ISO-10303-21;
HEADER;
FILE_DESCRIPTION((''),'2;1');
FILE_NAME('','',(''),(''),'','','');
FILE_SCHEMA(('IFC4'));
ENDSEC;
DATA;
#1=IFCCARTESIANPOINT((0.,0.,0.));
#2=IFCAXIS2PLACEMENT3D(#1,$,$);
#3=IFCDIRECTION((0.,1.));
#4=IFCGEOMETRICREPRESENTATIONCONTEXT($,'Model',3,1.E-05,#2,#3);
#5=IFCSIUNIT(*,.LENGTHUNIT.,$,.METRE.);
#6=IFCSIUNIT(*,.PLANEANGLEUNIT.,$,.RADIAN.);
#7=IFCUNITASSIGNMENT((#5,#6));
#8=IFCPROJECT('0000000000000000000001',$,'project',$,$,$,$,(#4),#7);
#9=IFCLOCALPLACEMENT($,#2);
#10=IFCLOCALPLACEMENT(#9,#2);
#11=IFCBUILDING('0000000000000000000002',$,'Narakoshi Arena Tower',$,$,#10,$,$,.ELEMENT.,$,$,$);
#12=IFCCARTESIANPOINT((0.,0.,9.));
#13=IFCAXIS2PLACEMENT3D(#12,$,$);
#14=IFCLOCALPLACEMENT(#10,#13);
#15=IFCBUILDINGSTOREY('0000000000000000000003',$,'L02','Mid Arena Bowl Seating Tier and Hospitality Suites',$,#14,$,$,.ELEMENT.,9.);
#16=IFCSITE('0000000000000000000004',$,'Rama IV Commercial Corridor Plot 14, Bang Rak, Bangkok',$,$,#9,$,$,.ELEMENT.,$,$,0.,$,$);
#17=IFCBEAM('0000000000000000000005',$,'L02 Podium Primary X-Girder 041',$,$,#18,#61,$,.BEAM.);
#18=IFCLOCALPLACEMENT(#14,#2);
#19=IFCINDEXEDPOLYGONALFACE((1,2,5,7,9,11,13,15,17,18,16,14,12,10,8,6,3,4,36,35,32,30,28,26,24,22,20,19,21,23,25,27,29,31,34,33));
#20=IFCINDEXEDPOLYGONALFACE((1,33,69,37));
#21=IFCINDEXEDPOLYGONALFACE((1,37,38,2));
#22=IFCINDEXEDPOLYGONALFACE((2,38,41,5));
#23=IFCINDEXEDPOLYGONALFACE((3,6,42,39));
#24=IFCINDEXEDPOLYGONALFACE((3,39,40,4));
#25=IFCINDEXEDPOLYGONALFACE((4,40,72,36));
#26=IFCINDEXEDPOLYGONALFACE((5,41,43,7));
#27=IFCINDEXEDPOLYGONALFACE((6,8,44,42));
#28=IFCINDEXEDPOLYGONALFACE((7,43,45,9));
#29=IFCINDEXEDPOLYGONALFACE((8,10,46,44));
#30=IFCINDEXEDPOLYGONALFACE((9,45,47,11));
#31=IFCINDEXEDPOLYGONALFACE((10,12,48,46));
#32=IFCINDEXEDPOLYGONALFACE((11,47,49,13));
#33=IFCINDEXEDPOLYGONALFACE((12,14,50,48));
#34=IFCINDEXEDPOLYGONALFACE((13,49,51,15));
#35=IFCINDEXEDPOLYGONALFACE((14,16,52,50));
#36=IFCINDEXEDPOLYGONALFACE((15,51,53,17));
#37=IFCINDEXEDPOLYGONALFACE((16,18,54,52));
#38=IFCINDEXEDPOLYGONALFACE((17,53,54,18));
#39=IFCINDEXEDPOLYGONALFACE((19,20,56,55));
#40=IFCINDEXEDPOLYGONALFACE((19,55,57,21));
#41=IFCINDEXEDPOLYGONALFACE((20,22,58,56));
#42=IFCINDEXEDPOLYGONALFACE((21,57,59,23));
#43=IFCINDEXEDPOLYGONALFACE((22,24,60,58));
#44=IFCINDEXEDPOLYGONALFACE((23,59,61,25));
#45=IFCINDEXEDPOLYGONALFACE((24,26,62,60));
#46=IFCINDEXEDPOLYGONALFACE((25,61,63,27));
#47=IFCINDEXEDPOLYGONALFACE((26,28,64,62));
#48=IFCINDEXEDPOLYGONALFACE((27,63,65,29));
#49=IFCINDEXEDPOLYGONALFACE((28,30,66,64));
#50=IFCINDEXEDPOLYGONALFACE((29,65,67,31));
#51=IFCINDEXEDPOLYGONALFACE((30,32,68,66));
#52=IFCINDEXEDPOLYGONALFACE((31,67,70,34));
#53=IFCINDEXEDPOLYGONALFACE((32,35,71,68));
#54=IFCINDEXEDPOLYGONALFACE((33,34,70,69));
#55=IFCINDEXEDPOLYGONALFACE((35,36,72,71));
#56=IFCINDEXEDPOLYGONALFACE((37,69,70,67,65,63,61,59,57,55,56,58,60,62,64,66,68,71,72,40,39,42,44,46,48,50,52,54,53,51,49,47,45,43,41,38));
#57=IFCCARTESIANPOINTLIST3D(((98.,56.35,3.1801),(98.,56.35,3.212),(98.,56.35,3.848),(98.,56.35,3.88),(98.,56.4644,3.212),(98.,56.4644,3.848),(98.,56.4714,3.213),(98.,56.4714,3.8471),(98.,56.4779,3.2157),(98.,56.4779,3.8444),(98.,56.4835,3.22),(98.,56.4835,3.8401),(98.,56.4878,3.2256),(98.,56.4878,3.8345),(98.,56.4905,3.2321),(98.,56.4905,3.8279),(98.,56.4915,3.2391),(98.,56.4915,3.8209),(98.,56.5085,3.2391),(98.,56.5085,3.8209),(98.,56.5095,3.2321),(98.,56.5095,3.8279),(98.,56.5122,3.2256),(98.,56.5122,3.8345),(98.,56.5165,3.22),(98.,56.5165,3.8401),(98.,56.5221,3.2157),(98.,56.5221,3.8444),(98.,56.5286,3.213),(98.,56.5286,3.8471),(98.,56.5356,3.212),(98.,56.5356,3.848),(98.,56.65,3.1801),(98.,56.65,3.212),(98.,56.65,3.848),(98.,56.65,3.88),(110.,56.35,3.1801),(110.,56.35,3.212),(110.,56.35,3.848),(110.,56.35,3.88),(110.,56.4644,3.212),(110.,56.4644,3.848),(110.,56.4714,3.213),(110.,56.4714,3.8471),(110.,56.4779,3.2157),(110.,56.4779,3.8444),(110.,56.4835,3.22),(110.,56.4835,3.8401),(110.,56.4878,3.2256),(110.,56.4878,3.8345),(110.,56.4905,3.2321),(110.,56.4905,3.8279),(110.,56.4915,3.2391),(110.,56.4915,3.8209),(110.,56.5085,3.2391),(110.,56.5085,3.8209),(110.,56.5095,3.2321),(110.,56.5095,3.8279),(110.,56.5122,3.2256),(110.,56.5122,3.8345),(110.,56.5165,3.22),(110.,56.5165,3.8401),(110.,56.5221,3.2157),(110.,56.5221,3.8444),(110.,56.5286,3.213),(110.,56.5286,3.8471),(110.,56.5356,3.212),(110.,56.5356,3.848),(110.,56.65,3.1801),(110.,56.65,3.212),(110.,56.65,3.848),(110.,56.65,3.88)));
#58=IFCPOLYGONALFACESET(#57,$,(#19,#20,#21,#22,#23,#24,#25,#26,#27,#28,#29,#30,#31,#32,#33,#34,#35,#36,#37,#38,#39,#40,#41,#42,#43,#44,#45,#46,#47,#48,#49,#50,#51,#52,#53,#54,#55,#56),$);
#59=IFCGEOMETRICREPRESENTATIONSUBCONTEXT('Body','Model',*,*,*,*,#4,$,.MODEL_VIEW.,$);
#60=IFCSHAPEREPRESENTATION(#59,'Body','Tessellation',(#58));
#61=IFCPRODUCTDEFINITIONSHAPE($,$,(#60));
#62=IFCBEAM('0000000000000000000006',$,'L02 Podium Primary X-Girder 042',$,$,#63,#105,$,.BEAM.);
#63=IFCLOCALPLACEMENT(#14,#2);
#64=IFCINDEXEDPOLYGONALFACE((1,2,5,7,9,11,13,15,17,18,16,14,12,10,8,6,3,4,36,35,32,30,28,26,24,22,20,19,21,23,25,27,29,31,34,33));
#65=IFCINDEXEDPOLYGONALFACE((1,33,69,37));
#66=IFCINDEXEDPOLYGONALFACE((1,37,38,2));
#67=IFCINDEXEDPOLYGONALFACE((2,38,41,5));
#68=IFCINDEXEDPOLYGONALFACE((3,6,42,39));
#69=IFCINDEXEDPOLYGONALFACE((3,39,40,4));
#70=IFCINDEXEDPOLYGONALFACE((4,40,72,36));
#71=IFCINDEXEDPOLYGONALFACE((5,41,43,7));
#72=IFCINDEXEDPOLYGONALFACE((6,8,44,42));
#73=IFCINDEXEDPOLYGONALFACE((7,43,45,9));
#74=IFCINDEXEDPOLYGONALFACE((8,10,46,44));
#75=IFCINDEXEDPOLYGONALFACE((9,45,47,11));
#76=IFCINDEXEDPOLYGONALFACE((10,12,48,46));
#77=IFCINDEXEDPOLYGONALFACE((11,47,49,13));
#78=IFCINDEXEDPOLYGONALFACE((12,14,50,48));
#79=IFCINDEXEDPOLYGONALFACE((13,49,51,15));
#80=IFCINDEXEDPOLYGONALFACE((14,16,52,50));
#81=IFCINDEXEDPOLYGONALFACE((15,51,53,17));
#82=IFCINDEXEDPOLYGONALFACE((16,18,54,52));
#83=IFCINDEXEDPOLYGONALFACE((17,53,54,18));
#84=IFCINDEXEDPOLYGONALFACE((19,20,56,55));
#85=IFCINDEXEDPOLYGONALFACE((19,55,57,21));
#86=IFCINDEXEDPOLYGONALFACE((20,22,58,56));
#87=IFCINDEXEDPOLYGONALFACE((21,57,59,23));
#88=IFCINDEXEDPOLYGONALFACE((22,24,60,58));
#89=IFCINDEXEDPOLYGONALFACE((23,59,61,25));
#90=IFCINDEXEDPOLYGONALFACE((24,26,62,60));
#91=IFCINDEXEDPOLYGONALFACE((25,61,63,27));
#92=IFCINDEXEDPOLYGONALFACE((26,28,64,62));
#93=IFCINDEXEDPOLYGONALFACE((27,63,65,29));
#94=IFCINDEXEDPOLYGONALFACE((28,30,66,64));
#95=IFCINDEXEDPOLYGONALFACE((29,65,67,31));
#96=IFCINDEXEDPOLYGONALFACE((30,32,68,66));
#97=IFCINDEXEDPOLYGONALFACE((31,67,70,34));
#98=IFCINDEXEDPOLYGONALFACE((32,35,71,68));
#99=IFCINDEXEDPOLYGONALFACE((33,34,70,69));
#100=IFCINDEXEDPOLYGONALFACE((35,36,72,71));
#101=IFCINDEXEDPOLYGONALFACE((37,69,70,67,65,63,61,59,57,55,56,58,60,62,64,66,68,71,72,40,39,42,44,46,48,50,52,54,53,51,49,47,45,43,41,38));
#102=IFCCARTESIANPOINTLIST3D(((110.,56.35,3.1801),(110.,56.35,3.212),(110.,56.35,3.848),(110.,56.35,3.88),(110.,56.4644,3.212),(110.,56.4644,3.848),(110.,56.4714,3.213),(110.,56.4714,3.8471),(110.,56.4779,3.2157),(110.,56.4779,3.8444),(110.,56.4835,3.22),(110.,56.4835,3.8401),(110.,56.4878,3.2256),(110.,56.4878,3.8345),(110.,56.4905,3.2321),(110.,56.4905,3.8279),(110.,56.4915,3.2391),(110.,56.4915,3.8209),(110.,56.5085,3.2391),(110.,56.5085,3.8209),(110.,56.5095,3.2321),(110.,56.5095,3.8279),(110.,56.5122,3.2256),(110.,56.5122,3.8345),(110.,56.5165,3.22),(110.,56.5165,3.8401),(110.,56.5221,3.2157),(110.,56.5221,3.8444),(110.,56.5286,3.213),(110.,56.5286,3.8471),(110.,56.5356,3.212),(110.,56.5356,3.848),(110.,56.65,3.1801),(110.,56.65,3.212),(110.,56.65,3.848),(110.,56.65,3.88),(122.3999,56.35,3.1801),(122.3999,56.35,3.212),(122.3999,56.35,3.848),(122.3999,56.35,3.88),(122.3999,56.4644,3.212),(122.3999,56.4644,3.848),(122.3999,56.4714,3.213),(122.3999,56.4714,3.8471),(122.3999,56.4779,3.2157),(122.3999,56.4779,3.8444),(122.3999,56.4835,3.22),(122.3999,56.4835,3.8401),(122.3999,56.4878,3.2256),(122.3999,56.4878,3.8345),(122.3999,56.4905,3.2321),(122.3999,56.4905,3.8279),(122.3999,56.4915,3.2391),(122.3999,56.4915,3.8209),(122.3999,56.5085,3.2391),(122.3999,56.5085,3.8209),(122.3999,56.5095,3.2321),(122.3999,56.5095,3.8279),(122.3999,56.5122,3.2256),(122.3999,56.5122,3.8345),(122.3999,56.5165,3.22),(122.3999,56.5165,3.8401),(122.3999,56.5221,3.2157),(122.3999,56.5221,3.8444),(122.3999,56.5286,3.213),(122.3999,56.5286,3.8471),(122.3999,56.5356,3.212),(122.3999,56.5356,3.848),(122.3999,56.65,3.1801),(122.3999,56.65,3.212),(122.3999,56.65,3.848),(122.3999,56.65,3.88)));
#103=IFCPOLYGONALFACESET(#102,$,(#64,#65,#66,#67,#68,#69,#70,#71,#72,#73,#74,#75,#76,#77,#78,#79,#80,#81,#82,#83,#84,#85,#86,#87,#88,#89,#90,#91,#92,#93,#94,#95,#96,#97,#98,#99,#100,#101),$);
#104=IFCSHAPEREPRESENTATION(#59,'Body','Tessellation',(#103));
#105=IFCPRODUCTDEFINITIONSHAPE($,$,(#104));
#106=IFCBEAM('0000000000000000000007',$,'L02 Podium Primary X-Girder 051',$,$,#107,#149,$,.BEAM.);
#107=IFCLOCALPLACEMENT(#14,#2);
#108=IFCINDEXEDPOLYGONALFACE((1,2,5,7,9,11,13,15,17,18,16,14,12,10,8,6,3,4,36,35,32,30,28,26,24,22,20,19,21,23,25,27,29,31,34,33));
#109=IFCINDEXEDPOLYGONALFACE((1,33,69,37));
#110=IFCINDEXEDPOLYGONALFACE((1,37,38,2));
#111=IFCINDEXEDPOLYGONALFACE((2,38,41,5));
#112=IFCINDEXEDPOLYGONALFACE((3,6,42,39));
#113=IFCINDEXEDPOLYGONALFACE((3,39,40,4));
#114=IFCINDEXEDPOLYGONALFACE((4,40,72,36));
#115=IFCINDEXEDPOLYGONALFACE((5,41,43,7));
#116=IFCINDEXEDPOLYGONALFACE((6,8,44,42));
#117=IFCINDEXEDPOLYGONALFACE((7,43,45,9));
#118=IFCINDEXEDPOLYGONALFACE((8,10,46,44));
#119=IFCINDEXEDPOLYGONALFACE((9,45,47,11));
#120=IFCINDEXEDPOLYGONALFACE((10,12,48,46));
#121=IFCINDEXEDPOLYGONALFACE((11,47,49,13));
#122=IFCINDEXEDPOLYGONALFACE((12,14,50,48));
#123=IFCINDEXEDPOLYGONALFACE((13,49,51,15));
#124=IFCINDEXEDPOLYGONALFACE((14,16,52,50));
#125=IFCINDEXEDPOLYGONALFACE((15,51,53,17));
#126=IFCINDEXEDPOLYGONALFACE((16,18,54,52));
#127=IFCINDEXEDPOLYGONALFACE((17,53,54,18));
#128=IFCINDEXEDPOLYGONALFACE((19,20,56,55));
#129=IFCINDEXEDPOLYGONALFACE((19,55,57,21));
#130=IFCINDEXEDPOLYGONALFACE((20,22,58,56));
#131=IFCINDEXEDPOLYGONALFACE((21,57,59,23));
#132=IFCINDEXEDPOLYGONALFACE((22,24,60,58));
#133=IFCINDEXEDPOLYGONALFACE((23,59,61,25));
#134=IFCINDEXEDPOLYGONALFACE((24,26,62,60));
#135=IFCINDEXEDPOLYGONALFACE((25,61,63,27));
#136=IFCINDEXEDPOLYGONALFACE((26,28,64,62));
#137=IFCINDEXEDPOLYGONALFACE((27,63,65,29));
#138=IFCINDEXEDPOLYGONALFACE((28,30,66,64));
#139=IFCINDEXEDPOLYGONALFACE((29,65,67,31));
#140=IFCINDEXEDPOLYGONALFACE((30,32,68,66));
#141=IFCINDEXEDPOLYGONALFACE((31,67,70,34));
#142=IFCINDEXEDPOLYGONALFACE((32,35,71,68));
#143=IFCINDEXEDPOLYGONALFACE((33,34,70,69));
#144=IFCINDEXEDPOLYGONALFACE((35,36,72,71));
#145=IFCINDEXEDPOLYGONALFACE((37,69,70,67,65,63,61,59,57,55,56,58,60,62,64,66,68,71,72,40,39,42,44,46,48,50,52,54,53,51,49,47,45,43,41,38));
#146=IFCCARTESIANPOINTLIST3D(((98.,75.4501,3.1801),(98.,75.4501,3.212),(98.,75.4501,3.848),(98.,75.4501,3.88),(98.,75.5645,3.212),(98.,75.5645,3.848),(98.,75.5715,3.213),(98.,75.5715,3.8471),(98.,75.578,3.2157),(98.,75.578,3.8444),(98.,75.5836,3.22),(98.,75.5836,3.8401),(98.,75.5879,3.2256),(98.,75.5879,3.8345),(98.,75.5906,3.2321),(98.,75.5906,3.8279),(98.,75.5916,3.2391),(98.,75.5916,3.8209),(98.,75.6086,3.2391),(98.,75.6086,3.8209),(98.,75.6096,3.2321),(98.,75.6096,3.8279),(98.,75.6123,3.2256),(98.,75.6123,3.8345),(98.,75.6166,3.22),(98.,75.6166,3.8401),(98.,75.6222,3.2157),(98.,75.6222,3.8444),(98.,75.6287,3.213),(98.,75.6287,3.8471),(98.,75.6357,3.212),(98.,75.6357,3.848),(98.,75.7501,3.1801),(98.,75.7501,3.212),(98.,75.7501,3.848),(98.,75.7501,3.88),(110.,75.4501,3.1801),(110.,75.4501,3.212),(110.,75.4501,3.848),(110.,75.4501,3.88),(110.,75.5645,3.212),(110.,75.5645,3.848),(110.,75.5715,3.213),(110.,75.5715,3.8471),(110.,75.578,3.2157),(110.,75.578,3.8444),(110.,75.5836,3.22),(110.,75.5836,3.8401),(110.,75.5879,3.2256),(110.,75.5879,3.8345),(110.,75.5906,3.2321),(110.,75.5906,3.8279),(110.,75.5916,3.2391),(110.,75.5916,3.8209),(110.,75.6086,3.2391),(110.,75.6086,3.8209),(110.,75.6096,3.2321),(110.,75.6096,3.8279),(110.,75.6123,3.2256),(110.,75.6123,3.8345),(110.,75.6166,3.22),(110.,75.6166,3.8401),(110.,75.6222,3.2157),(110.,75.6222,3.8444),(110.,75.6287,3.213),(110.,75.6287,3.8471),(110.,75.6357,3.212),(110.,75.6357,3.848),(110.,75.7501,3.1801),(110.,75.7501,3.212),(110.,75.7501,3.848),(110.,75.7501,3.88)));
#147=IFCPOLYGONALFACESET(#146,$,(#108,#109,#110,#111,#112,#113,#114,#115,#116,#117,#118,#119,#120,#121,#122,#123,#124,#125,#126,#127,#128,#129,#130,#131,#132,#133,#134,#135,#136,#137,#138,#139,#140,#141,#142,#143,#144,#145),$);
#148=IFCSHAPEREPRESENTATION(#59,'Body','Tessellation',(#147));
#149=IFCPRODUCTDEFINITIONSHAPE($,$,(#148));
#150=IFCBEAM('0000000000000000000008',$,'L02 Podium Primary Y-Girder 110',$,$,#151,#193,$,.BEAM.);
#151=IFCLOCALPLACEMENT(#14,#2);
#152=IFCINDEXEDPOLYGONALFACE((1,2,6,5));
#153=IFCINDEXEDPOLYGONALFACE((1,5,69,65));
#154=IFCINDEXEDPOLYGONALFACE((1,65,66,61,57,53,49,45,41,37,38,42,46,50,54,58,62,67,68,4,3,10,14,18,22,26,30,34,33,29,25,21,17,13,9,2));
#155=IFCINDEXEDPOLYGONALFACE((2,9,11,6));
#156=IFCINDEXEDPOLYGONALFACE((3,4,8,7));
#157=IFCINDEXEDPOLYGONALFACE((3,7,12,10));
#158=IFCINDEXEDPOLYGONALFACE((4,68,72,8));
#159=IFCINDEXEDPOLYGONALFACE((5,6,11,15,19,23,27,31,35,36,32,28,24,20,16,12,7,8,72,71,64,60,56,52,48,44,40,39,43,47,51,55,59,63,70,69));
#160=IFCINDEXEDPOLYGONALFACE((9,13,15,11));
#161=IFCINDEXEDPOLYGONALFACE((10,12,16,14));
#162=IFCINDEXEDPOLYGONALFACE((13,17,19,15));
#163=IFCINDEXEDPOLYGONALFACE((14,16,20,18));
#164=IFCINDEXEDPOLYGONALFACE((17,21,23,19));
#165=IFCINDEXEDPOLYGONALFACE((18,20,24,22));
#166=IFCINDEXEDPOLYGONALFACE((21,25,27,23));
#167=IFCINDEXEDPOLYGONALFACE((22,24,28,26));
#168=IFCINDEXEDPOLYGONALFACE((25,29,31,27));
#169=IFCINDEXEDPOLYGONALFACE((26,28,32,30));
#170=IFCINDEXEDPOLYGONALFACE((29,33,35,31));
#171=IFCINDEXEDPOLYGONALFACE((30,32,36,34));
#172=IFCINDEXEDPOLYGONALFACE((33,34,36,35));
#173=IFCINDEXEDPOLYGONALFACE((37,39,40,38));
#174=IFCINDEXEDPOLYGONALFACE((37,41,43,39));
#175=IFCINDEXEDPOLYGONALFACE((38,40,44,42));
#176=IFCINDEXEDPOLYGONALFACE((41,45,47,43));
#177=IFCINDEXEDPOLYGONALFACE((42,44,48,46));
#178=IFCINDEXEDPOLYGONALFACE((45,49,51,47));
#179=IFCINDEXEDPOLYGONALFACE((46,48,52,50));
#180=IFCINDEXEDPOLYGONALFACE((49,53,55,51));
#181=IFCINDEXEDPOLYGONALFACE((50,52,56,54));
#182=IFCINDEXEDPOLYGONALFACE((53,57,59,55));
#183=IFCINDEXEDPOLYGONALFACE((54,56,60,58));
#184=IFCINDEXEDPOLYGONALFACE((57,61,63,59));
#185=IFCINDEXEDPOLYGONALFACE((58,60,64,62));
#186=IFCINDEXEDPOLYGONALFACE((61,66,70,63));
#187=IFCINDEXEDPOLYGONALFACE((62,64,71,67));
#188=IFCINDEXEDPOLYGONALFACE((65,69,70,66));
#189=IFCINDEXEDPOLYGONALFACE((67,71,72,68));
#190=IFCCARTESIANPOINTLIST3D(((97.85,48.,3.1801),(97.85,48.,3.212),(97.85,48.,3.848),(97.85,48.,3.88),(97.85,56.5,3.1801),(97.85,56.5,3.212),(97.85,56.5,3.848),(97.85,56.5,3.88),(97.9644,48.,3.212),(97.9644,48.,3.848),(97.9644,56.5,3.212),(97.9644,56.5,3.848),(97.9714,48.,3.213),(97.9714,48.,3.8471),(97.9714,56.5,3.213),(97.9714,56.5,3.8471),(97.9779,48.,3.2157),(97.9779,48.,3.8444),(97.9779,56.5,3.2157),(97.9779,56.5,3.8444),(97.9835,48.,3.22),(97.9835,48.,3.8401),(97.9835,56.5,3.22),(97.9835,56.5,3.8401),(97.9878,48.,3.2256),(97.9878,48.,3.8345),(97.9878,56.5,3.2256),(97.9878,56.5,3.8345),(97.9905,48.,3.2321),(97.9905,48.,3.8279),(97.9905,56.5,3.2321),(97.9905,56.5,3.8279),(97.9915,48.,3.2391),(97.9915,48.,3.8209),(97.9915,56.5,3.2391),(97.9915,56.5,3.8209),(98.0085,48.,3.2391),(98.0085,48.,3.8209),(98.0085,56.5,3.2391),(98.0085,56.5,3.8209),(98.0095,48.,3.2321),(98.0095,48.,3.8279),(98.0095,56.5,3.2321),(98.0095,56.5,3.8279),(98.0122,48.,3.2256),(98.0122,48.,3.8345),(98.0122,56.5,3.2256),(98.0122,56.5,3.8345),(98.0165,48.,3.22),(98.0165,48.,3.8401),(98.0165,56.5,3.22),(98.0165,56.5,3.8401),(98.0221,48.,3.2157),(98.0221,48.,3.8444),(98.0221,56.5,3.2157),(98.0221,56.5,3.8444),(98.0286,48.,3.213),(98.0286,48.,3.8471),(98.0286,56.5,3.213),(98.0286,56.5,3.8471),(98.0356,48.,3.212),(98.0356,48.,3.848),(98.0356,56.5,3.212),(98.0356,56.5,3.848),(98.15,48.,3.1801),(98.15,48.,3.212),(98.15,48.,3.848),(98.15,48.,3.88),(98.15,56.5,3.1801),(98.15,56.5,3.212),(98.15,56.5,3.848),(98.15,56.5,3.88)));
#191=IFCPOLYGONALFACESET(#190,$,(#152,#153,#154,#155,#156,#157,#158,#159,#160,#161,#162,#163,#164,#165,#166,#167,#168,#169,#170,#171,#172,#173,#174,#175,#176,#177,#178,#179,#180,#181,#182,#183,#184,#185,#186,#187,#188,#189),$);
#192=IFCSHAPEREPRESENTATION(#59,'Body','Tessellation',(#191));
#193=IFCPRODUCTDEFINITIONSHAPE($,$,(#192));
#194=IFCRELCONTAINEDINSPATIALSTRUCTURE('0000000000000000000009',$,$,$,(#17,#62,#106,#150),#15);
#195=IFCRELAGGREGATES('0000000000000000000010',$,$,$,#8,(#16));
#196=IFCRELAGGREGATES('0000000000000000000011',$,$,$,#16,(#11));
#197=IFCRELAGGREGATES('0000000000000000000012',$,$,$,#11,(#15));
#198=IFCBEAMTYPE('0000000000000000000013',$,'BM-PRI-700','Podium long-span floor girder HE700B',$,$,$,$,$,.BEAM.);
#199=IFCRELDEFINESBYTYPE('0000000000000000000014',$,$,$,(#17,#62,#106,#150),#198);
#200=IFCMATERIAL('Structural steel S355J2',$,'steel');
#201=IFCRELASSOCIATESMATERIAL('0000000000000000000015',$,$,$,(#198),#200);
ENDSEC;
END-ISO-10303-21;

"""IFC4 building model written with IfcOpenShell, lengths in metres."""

from ifc_helpers import new_model, si_unit, direction, frame, origin, origin_2d, place, context, subcontext, project, spatial, i_section, extrude, material, material_profile, profile_set, type_object, element, save


model = new_model("IFC4")

# Units and contexts
model_context = context("Model", 3, precision=1e-05, world=origin(), true_north=direction((0.0, 1.0)))
body_context = subcontext(model_context, "Body", "Model", "MODEL_VIEW")
ifc_project = project(units=[si_unit("LENGTHUNIT", "METRE"), si_unit("PLANEANGLEUNIT", "RADIAN")], contexts=[model_context])

# Site, building, storey
site_placement = place(None, origin())
site = spatial("IfcSite", under=ifc_project, at=site_placement, Name="Rama IV Commercial Corridor Plot 14, Bang Rak, Bangkok", CompositionType="ELEMENT", RefElevation=0.0)
building_placement = place(site_placement, origin())
building = spatial("IfcBuilding", under=site, at=building_placement, Name="Narakoshi Arena Tower", CompositionType="ELEMENT")
storey_placement = place(building_placement, frame((0.0, 0.0, 9.0)))
storey = spatial("IfcBuildingStorey", under=building, at=storey_placement, Name="L02", Description="Mid Arena Bowl Seating Tier and Hospitality Suites", CompositionType="ELEMENT", Elevation=9.0)

# Beams
ifc_material_1 = material(Name="Structural steel S355J2", Category="steel")
ifc_material_profile_1 = material_profile(ifc_material_1, i_section(OverallWidth=0.3, OverallDepth=0.7, WebThickness=0.0171, FlangeThickness=0.032, FilletRadius=0.0271, at=origin_2d()), Name="HE700B")
ifc_profile_set_1 = profile_set([ifc_material_profile_1], Name="Structural steel S355J2")
beam_type_1 = type_object("IfcBeamType", Name="BM-PRI-700", Description="Podium long-span floor girder HE700B", PredefinedType="BEAM", material=ifc_profile_set_1)
beam_1_placement = place(storey_placement, frame((98.0, 56.5, 3.53), z_axis=(1.0, 0.0, 0.0), x_axis=(0.0, 1.0, 0.0)))
element("IfcBeam", 1, at=beam_1_placement, inside=storey, type_object=beam_type_1, Name="L02 Podium Primary X-Girder 041", PredefinedType="BEAM", context=body_context, shape_type="SweptSolid", body=[
    extrude(i_section(OverallWidth=0.3, OverallDepth=0.7, WebThickness=0.0171, FlangeThickness=0.032, FilletRadius=0.0271, at=origin_2d()), origin(), (0.0, 0.0, 1.0), 12.0),
])
beam_2_placement = place(storey_placement, frame((110.0, 56.5, 3.53), z_axis=(1.0, 0.0, 0.0), x_axis=(0.0, 1.0, 0.0)))
element("IfcBeam", 2, at=beam_2_placement, inside=storey, type_object=beam_type_1, Name="L02 Podium Primary X-Girder 042", PredefinedType="BEAM", context=body_context, shape_type="SweptSolid", body=[
    extrude(i_section(OverallWidth=0.3, OverallDepth=0.7, WebThickness=0.0171, FlangeThickness=0.032, FilletRadius=0.0271, at=origin_2d()), origin(), (0.0, 0.0, 1.0), 12.3999),
])
beam_3_placement = place(storey_placement, frame((98.0, 75.6001, 3.53), z_axis=(1.0, 0.0, 0.0), x_axis=(0.0, 1.0, 0.0)))
element("IfcBeam", 3, at=beam_3_placement, inside=storey, type_object=beam_type_1, Name="L02 Podium Primary X-Girder 051", PredefinedType="BEAM", context=body_context, shape_type="SweptSolid", body=[
    extrude(i_section(OverallWidth=0.3, OverallDepth=0.7, WebThickness=0.0171, FlangeThickness=0.032, FilletRadius=0.0271, at=origin_2d()), origin(), (0.0, 0.0, 1.0), 12.0),
])
beam_4_placement = place(storey_placement, frame((98.0, 48.0, 3.53), z_axis=(0.0, 1.0, 0.0), x_axis=(-1.0, 0.0, 0.0)))
element("IfcBeam", 4, at=beam_4_placement, inside=storey, type_object=beam_type_1, Name="L02 Podium Primary Y-Girder 110", PredefinedType="BEAM", context=body_context, shape_type="SweptSolid", body=[
    extrude(i_section(OverallWidth=0.3, OverallDepth=0.7, WebThickness=0.0171, FlangeThickness=0.032, FilletRadius=0.0271, at=origin_2d()), origin(), (0.0, 0.0, 1.0), 8.5),
])

save(model, "model.ifc")
